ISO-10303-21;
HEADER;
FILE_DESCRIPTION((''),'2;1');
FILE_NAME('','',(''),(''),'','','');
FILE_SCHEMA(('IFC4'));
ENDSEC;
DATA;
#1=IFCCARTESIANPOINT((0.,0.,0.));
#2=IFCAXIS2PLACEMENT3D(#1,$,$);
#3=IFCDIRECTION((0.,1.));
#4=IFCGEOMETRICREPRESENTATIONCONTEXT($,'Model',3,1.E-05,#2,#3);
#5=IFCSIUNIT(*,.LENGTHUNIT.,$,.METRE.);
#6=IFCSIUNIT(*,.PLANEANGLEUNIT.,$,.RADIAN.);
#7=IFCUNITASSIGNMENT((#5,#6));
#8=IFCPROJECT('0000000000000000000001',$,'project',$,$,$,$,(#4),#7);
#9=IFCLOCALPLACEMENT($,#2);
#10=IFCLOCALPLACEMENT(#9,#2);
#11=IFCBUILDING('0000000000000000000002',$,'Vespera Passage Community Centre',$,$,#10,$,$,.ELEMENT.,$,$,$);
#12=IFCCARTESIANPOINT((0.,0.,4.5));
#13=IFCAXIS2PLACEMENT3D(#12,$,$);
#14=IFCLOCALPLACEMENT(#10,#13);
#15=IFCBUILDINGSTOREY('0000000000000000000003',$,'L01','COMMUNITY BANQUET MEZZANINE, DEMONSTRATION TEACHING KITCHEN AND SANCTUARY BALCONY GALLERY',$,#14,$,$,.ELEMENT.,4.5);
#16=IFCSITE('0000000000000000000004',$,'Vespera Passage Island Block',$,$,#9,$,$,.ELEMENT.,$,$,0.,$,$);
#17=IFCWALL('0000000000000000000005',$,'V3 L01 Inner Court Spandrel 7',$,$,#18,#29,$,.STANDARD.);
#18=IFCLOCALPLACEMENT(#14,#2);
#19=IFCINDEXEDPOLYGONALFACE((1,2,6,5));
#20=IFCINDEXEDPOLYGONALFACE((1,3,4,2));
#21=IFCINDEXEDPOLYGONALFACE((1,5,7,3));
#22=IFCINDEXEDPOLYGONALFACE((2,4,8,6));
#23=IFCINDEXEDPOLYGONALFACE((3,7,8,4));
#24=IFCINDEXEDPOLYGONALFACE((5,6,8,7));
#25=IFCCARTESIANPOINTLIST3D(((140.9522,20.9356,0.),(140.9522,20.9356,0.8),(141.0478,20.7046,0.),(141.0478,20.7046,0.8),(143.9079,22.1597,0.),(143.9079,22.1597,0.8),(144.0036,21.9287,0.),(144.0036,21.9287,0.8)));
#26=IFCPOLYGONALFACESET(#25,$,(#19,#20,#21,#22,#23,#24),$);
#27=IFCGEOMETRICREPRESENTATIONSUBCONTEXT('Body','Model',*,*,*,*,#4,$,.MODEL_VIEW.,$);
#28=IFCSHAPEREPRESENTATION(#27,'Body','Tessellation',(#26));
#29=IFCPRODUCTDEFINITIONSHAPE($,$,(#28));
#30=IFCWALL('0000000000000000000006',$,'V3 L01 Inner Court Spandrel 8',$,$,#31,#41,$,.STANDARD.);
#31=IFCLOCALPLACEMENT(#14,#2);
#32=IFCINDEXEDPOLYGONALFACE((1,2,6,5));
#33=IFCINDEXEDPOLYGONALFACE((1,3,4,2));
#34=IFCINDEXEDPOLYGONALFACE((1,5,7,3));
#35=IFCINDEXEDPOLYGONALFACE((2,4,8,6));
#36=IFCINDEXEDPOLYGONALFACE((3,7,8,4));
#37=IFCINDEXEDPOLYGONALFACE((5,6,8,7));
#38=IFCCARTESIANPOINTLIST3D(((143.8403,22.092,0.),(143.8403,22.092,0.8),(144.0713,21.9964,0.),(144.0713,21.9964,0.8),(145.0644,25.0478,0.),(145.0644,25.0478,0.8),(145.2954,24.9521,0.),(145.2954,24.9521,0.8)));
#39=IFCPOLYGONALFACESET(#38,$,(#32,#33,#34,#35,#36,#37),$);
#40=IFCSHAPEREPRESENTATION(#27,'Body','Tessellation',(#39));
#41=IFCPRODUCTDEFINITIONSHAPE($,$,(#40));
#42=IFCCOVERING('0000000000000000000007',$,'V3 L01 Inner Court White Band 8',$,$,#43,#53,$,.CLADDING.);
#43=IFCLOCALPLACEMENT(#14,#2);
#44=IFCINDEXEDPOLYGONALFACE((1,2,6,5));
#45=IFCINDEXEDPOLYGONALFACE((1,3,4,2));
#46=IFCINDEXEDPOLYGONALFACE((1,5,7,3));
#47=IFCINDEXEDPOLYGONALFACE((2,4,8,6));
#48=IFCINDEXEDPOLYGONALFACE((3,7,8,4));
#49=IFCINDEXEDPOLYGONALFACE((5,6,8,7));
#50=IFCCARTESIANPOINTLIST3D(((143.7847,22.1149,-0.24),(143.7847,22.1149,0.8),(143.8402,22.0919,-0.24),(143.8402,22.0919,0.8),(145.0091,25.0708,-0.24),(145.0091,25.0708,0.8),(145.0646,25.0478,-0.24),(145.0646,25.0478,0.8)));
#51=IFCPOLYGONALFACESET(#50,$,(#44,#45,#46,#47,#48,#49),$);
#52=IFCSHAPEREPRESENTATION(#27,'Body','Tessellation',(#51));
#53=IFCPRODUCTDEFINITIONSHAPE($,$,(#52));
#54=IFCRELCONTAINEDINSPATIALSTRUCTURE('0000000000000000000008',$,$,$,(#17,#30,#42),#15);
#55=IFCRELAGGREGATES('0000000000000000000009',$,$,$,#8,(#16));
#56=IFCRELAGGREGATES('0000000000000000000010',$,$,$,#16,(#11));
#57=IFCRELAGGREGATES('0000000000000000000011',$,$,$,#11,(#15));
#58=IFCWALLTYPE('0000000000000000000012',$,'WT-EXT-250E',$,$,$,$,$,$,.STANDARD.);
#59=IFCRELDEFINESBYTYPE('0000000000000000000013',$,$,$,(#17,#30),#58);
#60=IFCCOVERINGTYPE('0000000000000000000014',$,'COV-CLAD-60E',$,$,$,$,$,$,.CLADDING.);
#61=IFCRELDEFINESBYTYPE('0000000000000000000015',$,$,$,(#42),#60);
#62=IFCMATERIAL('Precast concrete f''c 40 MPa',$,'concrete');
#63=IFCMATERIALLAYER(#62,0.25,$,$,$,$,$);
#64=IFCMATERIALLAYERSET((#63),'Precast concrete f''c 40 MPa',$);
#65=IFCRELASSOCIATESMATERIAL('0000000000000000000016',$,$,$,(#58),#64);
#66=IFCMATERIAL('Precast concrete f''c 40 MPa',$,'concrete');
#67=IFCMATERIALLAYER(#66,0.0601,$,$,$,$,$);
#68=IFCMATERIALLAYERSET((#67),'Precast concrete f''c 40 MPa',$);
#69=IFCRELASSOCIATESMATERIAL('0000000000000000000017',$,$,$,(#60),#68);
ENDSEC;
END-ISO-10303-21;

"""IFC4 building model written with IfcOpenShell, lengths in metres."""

from ifc_helpers import new_model, si_unit, direction, frame, frame_2d, origin, place, context, subcontext, project, spatial, rectangle, extrude, material, layer, layer_set, type_object, element, save


model = new_model("IFC4")

# Units and contexts
model_context = context("Model", 3, precision=1e-05, world=origin(), true_north=direction((0.0, 1.0)))
body_context = subcontext(model_context, "Body", "Model", "MODEL_VIEW")
ifc_project = project(units=[si_unit("LENGTHUNIT", "METRE"), si_unit("PLANEANGLEUNIT", "RADIAN")], contexts=[model_context])

# Site, building, storey
site_placement = place(None, origin())
site = spatial("IfcSite", under=ifc_project, at=site_placement, Name="Vespera Passage Island Block", CompositionType="ELEMENT", RefElevation=0.0)
building_placement = place(site_placement, origin())
building = spatial("IfcBuilding", under=site, at=building_placement, Name="Vespera Passage Community Centre", CompositionType="ELEMENT")
storey_placement = place(building_placement, frame((0.0, 0.0, 4.5)))
storey = spatial("IfcBuildingStorey", under=building, at=storey_placement, Name="L01", Description="COMMUNITY BANQUET MEZZANINE, DEMONSTRATION TEACHING KITCHEN AND SANCTUARY BALCONY GALLERY", CompositionType="ELEMENT", Elevation=4.5)

# Walls
ifc_material_1 = material(Name="Precast concrete f'c 40 MPa", Category="concrete")
ifc_layer_1 = layer(ifc_material_1, 0.25)
ifc_layer_set_1 = layer_set([ifc_layer_1], Name="Precast concrete f'c 40 MPa")
wall_type = type_object("IfcWallType", Name="WT-EXT-250E", PredefinedType="STANDARD", material=ifc_layer_set_1)
for number, where, z_axis, x_axis, name in (
    (1, (141.0, 20.8201, 0.0), (0.0, 0.0, 1.0), (0.923903, 0.382626, 0.0), "V3 L01 Inner Court Spandrel 7"),
    (2, (143.9558, 22.0442, 0.0), (0.0, 0.0, 1.0), (0.382626, 0.923903, 0.0), "V3 L01 Inner Court Spandrel 8"),
):
    element("IfcWall", number, at=place(storey_placement, frame(where, z_axis=z_axis, x_axis=x_axis)), inside=storey, type_object=wall_type, Name=name, PredefinedType="STANDARD", context=body_context, shape_type="SweptSolid", body=[
        extrude(rectangle(XDim=3.1992, YDim=0.25, at=frame_2d((1.5996, 0.0))), origin(), (0.0, 0.0, 1.0), 0.8),
    ])

# Covering
ifc_material_2 = material(Name="Precast concrete f'c 40 MPa", Category="concrete")
ifc_layer_2 = layer(ifc_material_2, 0.0601)
ifc_layer_set_2 = layer_set([ifc_layer_2], Name="Precast concrete f'c 40 MPa")
covering_type = type_object("IfcCoveringType", Name="COV-CLAD-60E", PredefinedType="CLADDING", material=ifc_layer_set_2)
covering_placement = place(storey_placement, frame((143.8125, 22.1035, -0.24), z_axis=(0.0, 0.0, 1.0), x_axis=(0.382691, 0.923876, 0.0)))
element("IfcCovering", 3, at=covering_placement, inside=storey, type_object=covering_type, Name="V3 L01 Inner Court White Band 8", PredefinedType="CLADDING", context=body_context, shape_type="SweptSolid", body=[
    extrude(rectangle(XDim=3.1995, YDim=0.0601, at=frame_2d((1.5996, 0.0))), origin(), (0.0, 0.0, 1.0), 1.04),
])

save(model, "model.ifc")
